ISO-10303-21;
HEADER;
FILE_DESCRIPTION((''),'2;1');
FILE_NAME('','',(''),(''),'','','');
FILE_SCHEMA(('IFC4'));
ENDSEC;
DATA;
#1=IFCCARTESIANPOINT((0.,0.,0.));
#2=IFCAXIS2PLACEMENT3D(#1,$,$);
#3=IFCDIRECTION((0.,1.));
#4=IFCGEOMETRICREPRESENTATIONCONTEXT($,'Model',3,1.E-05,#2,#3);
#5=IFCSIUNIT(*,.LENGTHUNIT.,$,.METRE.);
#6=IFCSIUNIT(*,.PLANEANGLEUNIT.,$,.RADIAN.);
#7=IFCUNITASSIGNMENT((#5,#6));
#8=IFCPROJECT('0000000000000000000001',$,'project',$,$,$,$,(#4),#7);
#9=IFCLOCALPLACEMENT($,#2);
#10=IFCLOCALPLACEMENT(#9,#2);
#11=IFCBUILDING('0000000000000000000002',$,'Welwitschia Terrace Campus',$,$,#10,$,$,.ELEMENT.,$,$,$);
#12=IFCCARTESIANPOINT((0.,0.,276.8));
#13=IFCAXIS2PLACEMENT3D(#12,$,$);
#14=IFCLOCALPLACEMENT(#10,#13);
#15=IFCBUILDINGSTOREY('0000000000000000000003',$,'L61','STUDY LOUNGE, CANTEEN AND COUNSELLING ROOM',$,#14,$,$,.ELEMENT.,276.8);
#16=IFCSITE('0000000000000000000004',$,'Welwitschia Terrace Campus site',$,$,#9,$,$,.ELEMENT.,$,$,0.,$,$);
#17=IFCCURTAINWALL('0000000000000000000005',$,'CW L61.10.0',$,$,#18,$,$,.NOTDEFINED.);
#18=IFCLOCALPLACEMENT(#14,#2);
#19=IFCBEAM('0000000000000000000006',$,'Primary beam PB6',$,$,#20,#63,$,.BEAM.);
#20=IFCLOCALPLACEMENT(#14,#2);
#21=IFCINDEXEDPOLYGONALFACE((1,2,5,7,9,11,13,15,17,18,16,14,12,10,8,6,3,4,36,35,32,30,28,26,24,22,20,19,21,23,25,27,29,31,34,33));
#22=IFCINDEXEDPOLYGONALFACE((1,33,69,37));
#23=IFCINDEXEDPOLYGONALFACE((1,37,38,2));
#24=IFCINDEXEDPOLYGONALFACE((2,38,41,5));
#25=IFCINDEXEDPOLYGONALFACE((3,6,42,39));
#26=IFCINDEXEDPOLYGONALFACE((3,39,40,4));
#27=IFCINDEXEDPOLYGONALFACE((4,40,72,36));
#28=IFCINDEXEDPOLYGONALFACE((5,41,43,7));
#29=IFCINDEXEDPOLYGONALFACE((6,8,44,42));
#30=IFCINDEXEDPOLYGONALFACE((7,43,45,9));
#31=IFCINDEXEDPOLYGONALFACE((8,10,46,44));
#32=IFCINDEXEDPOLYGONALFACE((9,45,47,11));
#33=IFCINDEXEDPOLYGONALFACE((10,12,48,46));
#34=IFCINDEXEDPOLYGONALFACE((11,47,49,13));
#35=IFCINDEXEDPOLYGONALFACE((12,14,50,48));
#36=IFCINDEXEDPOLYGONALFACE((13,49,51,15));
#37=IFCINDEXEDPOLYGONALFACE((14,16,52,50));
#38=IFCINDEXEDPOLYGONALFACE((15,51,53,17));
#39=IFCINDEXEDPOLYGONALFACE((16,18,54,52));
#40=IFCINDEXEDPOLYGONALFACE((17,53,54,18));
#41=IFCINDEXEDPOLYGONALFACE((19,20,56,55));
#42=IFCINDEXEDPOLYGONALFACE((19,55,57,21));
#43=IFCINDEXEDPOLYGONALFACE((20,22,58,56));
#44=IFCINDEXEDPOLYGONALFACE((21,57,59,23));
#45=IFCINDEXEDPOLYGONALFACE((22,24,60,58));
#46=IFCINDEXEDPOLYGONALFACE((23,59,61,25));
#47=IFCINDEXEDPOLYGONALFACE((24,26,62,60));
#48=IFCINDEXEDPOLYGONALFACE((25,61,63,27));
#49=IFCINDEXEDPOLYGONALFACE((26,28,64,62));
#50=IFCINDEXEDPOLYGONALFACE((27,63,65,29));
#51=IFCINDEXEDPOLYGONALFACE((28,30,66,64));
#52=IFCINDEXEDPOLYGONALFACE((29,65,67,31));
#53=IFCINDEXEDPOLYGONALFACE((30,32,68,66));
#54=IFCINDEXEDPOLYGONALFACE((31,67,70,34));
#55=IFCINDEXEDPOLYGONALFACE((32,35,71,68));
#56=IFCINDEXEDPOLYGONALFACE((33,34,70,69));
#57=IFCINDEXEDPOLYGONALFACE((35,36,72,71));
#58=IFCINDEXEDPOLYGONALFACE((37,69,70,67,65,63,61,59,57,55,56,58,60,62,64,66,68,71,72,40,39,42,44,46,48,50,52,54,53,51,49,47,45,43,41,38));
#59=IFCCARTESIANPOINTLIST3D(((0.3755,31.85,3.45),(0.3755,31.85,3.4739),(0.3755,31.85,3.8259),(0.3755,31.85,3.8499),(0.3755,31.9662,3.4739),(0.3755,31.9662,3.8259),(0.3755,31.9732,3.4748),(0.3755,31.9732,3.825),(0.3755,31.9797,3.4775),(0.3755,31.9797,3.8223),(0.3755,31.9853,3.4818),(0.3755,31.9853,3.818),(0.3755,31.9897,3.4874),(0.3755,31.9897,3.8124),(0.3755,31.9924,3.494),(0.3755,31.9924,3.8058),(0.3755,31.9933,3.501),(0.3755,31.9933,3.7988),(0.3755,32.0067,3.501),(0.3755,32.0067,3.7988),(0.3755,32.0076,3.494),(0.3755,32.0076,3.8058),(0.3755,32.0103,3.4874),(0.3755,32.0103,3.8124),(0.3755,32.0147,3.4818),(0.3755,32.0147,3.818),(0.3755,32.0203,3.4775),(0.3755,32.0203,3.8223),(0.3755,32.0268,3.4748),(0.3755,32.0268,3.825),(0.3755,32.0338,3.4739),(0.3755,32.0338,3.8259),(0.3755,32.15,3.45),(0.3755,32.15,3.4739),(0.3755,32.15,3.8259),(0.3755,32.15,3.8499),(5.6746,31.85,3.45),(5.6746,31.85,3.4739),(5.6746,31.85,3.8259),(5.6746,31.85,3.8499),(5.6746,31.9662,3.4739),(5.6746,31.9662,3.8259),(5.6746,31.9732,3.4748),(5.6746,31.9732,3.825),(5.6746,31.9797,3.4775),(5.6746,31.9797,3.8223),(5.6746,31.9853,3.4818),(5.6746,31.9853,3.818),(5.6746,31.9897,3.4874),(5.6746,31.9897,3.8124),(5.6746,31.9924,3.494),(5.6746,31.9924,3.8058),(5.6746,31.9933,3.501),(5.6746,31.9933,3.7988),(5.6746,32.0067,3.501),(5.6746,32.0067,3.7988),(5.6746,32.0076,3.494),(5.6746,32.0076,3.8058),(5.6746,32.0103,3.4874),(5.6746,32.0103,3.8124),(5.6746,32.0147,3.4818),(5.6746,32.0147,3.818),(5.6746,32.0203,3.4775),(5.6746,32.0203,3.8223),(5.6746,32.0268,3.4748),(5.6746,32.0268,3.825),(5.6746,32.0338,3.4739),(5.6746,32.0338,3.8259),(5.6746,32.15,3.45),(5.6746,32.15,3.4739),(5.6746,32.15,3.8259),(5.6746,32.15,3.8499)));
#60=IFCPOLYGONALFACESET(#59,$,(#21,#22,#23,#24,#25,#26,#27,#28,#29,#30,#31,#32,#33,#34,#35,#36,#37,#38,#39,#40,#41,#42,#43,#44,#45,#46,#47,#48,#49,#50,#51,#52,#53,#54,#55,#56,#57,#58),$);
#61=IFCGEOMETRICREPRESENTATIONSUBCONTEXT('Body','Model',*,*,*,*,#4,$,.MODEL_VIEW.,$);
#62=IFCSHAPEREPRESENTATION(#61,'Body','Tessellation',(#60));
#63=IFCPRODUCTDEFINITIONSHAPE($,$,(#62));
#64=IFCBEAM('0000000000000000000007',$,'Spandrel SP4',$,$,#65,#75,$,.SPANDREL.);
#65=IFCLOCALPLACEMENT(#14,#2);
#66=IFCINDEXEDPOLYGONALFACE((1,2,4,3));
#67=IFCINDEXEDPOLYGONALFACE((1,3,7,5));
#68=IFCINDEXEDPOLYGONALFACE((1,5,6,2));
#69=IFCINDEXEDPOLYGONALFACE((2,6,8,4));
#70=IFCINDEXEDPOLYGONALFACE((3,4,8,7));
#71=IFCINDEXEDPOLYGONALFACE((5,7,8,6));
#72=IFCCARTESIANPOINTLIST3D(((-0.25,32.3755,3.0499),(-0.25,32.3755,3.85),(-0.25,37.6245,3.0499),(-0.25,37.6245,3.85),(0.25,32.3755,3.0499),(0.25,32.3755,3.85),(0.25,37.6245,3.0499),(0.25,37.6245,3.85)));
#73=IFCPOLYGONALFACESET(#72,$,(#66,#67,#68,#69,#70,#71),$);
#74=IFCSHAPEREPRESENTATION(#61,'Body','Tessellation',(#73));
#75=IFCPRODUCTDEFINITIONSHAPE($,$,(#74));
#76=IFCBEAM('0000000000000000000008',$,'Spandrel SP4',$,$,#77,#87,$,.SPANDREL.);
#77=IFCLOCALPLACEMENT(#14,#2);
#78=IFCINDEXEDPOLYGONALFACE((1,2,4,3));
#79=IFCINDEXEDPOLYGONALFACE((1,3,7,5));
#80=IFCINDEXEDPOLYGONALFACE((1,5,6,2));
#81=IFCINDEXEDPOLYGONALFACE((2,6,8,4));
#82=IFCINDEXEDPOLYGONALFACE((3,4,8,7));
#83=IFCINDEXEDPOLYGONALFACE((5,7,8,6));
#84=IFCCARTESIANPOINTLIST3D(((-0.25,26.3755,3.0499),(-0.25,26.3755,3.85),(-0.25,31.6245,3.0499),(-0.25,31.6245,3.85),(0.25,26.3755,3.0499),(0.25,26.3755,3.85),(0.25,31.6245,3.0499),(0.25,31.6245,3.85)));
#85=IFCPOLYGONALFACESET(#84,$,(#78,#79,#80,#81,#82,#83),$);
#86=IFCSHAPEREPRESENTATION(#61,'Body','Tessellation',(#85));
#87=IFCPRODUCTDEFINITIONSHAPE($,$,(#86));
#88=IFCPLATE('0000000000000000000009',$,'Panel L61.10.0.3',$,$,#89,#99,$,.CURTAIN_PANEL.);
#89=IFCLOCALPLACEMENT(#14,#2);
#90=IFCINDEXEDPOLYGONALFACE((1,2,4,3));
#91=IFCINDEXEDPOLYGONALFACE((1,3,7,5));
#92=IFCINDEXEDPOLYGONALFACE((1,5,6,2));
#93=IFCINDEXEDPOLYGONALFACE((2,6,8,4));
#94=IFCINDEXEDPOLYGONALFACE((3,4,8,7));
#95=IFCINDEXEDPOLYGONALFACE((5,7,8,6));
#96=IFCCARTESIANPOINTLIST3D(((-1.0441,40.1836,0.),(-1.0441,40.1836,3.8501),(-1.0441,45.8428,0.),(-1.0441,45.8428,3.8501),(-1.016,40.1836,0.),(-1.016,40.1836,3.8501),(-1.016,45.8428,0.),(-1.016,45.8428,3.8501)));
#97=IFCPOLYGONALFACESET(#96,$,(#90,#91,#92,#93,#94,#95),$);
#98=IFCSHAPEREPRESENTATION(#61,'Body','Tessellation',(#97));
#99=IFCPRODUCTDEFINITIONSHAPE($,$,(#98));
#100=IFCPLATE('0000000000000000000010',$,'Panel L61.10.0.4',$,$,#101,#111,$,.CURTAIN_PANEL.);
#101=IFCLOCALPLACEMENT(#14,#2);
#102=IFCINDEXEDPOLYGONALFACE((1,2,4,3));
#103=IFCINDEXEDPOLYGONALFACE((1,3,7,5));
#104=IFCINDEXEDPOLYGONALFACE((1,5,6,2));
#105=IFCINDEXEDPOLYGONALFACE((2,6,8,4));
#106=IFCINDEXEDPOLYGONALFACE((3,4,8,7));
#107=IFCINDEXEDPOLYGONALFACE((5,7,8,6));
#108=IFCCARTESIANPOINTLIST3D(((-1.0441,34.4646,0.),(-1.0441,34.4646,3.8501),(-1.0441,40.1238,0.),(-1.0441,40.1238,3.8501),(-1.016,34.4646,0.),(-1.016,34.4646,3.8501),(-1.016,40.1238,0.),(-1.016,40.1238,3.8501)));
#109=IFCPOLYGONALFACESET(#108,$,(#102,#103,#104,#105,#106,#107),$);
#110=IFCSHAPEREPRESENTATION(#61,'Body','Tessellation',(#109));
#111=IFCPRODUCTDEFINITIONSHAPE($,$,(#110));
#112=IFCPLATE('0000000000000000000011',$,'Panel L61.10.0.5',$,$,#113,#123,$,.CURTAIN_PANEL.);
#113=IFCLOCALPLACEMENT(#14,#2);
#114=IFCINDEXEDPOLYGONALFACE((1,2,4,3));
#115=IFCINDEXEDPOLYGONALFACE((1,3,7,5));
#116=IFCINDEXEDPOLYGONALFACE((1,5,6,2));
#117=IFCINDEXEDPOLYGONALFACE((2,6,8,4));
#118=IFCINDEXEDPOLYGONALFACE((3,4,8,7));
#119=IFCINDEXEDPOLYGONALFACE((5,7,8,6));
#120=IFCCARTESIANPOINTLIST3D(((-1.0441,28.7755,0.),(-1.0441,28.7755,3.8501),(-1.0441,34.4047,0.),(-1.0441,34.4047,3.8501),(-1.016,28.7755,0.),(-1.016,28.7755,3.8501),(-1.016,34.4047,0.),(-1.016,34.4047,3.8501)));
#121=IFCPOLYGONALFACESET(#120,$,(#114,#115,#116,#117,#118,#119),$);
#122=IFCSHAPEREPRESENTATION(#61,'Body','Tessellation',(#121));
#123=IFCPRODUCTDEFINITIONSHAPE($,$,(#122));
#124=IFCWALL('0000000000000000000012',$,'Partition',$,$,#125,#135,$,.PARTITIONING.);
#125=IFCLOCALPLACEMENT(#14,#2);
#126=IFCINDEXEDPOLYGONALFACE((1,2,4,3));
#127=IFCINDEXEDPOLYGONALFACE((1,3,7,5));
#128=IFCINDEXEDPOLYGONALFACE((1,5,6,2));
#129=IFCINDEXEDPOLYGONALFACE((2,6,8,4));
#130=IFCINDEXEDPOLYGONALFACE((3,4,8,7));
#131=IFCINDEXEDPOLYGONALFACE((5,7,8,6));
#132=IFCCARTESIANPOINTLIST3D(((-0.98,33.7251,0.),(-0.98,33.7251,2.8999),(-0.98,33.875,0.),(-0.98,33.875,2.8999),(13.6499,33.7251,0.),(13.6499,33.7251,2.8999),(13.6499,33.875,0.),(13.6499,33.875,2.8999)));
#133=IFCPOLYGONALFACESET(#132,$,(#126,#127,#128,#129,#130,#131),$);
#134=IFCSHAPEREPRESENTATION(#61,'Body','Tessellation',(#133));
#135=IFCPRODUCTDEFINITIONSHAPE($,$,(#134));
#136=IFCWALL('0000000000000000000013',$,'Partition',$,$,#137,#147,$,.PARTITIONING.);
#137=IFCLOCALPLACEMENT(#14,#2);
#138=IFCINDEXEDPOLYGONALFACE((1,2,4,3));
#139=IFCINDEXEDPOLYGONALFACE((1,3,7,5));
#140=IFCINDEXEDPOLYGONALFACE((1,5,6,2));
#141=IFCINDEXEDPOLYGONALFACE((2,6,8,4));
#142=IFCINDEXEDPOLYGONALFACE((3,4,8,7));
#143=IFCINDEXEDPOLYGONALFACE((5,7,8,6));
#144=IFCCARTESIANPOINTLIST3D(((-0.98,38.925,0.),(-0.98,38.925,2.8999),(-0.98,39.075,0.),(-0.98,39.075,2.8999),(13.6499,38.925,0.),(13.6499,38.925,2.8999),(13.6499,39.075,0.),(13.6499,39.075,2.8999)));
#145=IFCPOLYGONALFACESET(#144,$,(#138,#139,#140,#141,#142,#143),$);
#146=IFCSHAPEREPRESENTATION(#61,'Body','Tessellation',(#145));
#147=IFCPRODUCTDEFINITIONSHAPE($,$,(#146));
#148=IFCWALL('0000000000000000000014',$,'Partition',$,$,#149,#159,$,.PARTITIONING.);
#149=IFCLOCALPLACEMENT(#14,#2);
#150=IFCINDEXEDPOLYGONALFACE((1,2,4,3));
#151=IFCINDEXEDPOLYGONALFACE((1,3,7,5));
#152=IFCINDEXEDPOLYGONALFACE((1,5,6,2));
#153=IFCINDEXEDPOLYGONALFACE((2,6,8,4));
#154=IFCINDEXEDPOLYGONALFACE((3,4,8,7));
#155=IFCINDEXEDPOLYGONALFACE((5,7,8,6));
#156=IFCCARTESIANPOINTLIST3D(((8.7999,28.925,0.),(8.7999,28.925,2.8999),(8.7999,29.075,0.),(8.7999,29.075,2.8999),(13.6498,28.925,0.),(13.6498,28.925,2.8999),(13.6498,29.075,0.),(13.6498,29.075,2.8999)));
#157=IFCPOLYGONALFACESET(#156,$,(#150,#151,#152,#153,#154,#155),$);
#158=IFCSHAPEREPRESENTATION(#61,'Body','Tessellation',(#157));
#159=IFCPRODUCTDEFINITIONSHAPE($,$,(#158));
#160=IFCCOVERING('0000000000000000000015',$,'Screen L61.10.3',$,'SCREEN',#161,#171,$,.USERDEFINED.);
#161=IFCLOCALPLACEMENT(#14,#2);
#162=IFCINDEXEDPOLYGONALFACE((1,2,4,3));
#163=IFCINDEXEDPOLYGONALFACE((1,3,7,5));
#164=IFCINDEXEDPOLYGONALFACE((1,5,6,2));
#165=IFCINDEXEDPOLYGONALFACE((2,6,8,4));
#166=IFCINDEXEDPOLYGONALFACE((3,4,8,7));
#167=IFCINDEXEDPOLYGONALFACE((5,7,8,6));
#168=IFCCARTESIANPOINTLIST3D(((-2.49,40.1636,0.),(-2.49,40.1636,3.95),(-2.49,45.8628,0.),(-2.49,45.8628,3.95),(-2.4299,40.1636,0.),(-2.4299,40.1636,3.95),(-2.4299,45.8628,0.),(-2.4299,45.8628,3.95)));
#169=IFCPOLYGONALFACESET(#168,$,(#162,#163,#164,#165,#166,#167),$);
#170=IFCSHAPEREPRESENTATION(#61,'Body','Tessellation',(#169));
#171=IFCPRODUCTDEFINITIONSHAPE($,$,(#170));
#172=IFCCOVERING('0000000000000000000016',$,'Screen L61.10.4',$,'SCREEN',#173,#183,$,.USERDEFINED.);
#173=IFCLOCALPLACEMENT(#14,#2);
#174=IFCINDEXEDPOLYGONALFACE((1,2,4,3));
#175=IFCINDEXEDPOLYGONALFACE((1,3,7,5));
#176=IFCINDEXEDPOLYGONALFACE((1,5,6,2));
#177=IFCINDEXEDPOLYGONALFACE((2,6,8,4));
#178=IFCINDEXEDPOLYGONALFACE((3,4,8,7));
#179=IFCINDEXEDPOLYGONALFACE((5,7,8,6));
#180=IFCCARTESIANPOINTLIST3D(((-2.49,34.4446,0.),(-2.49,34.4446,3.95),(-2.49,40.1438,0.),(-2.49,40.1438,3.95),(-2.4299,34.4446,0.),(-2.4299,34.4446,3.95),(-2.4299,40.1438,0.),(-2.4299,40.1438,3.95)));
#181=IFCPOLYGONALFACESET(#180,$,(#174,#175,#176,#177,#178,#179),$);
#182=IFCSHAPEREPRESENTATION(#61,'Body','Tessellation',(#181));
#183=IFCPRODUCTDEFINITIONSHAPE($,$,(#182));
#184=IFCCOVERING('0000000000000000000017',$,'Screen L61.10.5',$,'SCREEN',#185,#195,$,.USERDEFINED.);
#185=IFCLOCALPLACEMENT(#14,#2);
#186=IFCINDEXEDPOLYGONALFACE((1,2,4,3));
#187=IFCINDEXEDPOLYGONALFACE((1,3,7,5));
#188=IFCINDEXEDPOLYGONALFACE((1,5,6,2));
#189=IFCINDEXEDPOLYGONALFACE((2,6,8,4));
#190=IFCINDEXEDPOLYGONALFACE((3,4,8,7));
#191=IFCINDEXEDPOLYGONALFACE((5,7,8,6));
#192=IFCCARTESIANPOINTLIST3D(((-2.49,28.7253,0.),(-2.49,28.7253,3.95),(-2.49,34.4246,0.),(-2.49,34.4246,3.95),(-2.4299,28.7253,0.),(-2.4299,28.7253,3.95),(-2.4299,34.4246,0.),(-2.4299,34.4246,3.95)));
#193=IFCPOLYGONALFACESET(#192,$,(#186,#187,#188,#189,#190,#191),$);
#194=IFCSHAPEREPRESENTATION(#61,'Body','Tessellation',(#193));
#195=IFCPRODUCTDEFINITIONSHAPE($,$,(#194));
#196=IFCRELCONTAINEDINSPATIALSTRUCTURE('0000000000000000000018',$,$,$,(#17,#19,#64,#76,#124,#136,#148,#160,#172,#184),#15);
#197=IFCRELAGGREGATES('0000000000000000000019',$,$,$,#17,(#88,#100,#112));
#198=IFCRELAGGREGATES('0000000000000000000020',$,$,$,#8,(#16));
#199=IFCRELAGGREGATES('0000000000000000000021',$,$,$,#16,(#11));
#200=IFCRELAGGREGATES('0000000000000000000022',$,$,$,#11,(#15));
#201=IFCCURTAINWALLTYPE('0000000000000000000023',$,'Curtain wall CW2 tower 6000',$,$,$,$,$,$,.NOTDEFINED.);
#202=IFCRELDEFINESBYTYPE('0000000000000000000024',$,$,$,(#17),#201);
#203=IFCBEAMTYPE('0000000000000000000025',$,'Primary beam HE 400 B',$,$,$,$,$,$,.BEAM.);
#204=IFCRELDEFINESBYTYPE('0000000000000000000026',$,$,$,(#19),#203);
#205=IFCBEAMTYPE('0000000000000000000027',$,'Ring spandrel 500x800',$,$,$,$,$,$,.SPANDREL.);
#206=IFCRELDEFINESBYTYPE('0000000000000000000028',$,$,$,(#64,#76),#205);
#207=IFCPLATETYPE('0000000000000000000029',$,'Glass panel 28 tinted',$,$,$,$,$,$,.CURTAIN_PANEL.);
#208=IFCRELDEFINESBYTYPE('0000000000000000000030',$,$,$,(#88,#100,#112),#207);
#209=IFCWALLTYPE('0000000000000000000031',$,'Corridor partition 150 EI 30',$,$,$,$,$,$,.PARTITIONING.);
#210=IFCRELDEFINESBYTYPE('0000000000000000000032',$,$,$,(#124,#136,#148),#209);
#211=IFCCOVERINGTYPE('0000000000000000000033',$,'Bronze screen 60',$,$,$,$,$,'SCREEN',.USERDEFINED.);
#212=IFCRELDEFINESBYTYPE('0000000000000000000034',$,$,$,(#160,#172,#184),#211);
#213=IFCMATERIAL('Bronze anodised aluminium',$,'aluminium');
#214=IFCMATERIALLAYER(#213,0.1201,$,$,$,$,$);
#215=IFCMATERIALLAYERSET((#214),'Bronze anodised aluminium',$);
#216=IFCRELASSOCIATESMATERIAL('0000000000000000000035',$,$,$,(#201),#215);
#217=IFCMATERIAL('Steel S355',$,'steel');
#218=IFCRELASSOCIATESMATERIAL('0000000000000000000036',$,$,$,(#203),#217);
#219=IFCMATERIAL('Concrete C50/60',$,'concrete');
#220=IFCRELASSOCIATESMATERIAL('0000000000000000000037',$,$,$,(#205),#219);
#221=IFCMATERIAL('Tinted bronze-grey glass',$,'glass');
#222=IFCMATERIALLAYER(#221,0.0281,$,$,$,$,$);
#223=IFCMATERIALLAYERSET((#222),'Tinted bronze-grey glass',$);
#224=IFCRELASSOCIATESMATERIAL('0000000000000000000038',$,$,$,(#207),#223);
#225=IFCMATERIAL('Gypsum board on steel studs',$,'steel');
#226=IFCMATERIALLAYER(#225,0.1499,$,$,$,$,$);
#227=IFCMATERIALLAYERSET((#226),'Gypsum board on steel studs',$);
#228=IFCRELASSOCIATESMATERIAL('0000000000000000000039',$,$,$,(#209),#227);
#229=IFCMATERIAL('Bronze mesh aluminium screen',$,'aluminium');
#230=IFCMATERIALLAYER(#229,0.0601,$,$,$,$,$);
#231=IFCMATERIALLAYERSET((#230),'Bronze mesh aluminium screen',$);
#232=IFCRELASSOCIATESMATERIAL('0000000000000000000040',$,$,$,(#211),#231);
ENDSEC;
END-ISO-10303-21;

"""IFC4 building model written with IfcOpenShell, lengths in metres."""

from ifc_helpers import new_model, si_unit, direction, frame, frame_2d, origin, origin_2d, place, context, subcontext, project, spatial, rectangle, i_section, extrude, material, layer, layer_set, material_profile, profile_set, type_object, element, aggregate, save


model = new_model("IFC4")

# Units and contexts
model_context = context("Model", 3, precision=1e-05, world=origin(), true_north=direction((0.0, 1.0)))
body_context = subcontext(model_context, "Body", "Model", "MODEL_VIEW")
ifc_project = project(units=[si_unit("LENGTHUNIT", "METRE"), si_unit("PLANEANGLEUNIT", "RADIAN")], contexts=[model_context])

# Site, building, storey
site_placement = place(None, origin())
site = spatial("IfcSite", under=ifc_project, at=site_placement, Name="Welwitschia Terrace Campus site", CompositionType="ELEMENT", RefElevation=0.0)
building_placement = place(site_placement, origin())
building = spatial("IfcBuilding", under=site, at=building_placement, Name="Welwitschia Terrace Campus", CompositionType="ELEMENT")
storey_placement = place(building_placement, frame((0.0, 0.0, 276.8)))
storey = spatial("IfcBuildingStorey", under=building, at=storey_placement, Name="L61", Description="STUDY LOUNGE, CANTEEN AND COUNSELLING ROOM", CompositionType="ELEMENT", Elevation=276.8)

# Curtain wall
ifc_material_1 = material(Name="Bronze anodised aluminium", Category="aluminium")
ifc_layer_1 = layer(ifc_material_1, 0.1201)
ifc_layer_set_1 = layer_set([ifc_layer_1], Name="Bronze anodised aluminium")
curtain_wall_type = type_object("IfcCurtainWallType", Name="Curtain wall CW2 tower 6000", PredefinedType="NOTDEFINED", material=ifc_layer_set_1)
curtain_wall_placement = place(storey_placement, origin())
curtain_wall = element("IfcCurtainWall", 1, at=curtain_wall_placement, inside=storey, type_object=curtain_wall_type, Name="CW L61.10.0", PredefinedType="NOTDEFINED")

# Beams
ifc_material_2 = material(Name="Steel S355", Category="steel")
ifc_material_profile_1 = material_profile(ifc_material_2, i_section(OverallWidth=0.3, OverallDepth=0.3999, WebThickness=0.0134, FlangeThickness=0.0239, FilletRadius=0.0271, at=origin_2d()))
ifc_profile_set_1 = profile_set([ifc_material_profile_1], Name="Steel S355")
beam_type_1 = type_object("IfcBeamType", Name="Primary beam HE 400 B", PredefinedType="BEAM", material=ifc_profile_set_1)
beam_1_placement = place(storey_placement, frame((0.3755, 32.0, 3.6499), z_axis=(1.0, 0.0, 0.0), x_axis=(0.0, 1.0, 0.0)))
element("IfcBeam", 2, at=beam_1_placement, inside=storey, type_object=beam_type_1, Name="Primary beam PB6", PredefinedType="BEAM", context=body_context, shape_type="SweptSolid", body=[
    extrude(i_section(OverallWidth=0.3, OverallDepth=0.3999, WebThickness=0.0134, FlangeThickness=0.0239, FilletRadius=0.0271, at=origin_2d()), origin(), (0.0, 0.0, 1.0), 5.2991),
])
ifc_material_3 = material(Name="Concrete C50/60", Category="concrete")
ifc_material_profile_2 = material_profile(ifc_material_3, rectangle(XDim=0.5, YDim=0.8, at=origin_2d()))
ifc_profile_set_2 = profile_set([ifc_material_profile_2], Name="Concrete C50/60")
beam_type_2 = type_object("IfcBeamType", Name="Ring spandrel 500x800", PredefinedType="SPANDREL", material=ifc_profile_set_2)
for number, where, z_axis, x_axis, name in (
    (3, (0.0, 37.6245, 3.45), (0.0, -1.0, 0.0), (1.0, 0.0, 0.0), "Spandrel SP4"),
    (4, (0.0, 31.6245, 3.45), (0.0, -1.0, 0.0), (1.0, 0.0, 0.0), "Spandrel SP4"),
):
    element("IfcBeam", number, at=place(storey_placement, frame(where, z_axis=z_axis, x_axis=x_axis)), inside=storey, type_object=beam_type_2, Name=name, PredefinedType="SPANDREL", context=body_context, shape_type="SweptSolid", body=[
        extrude(rectangle(XDim=0.5, YDim=0.8, at=origin_2d()), origin(), (0.0, 0.0, 1.0), 5.249),
    ])

# Plates
ifc_material_4 = material(Name="Tinted bronze-grey glass", Category="glass")
ifc_layer_2 = layer(ifc_material_4, 0.0281)
ifc_layer_set_2 = layer_set([ifc_layer_2], Name="Tinted bronze-grey glass")
plate_type = type_object("IfcPlateType", Name="Glass panel 28 tinted", PredefinedType="CURTAIN_PANEL", material=ifc_layer_set_2)
plate_1_placement = place(storey_placement, frame((-1.03, 43.0132, 0.0), z_axis=(0.0, 0.0, 1.0), x_axis=(0.0, -1.0, 0.0)))
plate_1 = element("IfcPlate", 5, at=plate_1_placement, type_object=plate_type, Name="Panel L61.10.0.3", PredefinedType="CURTAIN_PANEL", context=body_context, shape_type="SweptSolid", body=[
    extrude(rectangle(XDim=5.6592, YDim=0.0281, at=origin_2d()), origin(), (0.0, 0.0, 1.0), 3.8501),
])
plate_2_placement = place(storey_placement, frame((-1.03, 37.2942, 0.0), z_axis=(0.0, 0.0, 1.0), x_axis=(0.0, -1.0, 0.0)))
plate_2 = element("IfcPlate", 6, at=plate_2_placement, type_object=plate_type, Name="Panel L61.10.0.4", PredefinedType="CURTAIN_PANEL", context=body_context, shape_type="SweptSolid", body=[
    extrude(rectangle(XDim=5.6592, YDim=0.0281, at=origin_2d()), origin(), (0.0, 0.0, 1.0), 3.8501),
])
plate_3_placement = place(storey_placement, frame((-1.03, 31.5901, 0.0), z_axis=(0.0, 0.0, 1.0), x_axis=(0.0, -1.0, 0.0)))
plate_3 = element("IfcPlate", 7, at=plate_3_placement, type_object=plate_type, Name="Panel L61.10.0.5", PredefinedType="CURTAIN_PANEL", context=body_context, shape_type="SweptSolid", body=[
    extrude(rectangle(XDim=5.6292, YDim=0.0281, at=origin_2d()), origin(), (0.0, 0.0, 1.0), 3.8501),
])
aggregate(curtain_wall, [plate_1, plate_2, plate_3])

# Walls
ifc_material_5 = material(Name="Gypsum board on steel studs", Category="steel")
ifc_layer_3 = layer(ifc_material_5, 0.1499)
ifc_layer_set_3 = layer_set([ifc_layer_3], Name="Gypsum board on steel studs")
wall_type = type_object("IfcWallType", Name="Corridor partition 150 EI 30", PredefinedType="PARTITIONING", material=ifc_layer_set_3)
for number, where, z_axis, x_axis, name in (
    (8, (-0.98, 33.8, 0.0), (0.0, 0.0, 1.0), (1.0, 0.0, 0.0), "Partition"),
    (9, (-0.98, 39.0, 0.0), (0.0, 0.0, 1.0), (1.0, 0.0, 0.0), "Partition"),
):
    element("IfcWall", number, at=place(storey_placement, frame(where, z_axis=z_axis, x_axis=x_axis)), inside=storey, type_object=wall_type, Name=name, PredefinedType="PARTITIONING", context=body_context, shape_type="SweptSolid", body=[
        extrude(rectangle(XDim=14.6299, YDim=0.1499, at=frame_2d((7.3149, 0.0))), origin(), (0.0, 0.0, 1.0), 2.8999),
    ])
wall_placement = place(storey_placement, frame((8.8, 29.0, 0.0), z_axis=(0.0, 0.0, 1.0), x_axis=(1.0, 0.0, 0.0)))
element("IfcWall", 10, at=wall_placement, inside=storey, type_object=wall_type, Name="Partition", PredefinedType="PARTITIONING", context=body_context, shape_type="SweptSolid", body=[
    extrude(rectangle(XDim=4.8499, YDim=0.1499, at=frame_2d((2.4248, 0.0))), origin(), (0.0, 0.0, 1.0), 2.8999),
])

# Coverings
ifc_material_6 = material(Name="Bronze mesh aluminium screen", Category="aluminium")
ifc_layer_4 = layer(ifc_material_6, 0.0601)
ifc_layer_set_4 = layer_set([ifc_layer_4], Name="Bronze mesh aluminium screen")
covering_type = type_object("IfcCoveringType", Name="Bronze screen 60", ElementType="SCREEN", PredefinedType="USERDEFINED", material=ifc_layer_set_4)
for number, where, z_axis, x_axis, name in (
    (11, (-2.46, 43.0132, 0.0), (0.0, 0.0, 1.0), (0.0, -1.0, 0.0), "Screen L61.10.3"),
    (12, (-2.46, 37.2942, 0.0), (0.0, 0.0, 1.0), (0.0, -1.0, 0.0), "Screen L61.10.4"),
    (13, (-2.46, 31.575, 0.0), (0.0, 0.0, 1.0), (0.0, -1.0, 0.0), "Screen L61.10.5"),
):
    element("IfcCovering", number, at=place(storey_placement, frame(where, z_axis=z_axis, x_axis=x_axis)), inside=storey, type_object=covering_type, Name=name, ObjectType="SCREEN", PredefinedType="USERDEFINED", context=body_context, shape_type="SweptSolid", body=[
        extrude(rectangle(XDim=5.6992, YDim=0.0601, at=origin_2d()), origin(), (0.0, 0.0, 1.0), 3.95),
    ])

save(model, "model.ifc")
